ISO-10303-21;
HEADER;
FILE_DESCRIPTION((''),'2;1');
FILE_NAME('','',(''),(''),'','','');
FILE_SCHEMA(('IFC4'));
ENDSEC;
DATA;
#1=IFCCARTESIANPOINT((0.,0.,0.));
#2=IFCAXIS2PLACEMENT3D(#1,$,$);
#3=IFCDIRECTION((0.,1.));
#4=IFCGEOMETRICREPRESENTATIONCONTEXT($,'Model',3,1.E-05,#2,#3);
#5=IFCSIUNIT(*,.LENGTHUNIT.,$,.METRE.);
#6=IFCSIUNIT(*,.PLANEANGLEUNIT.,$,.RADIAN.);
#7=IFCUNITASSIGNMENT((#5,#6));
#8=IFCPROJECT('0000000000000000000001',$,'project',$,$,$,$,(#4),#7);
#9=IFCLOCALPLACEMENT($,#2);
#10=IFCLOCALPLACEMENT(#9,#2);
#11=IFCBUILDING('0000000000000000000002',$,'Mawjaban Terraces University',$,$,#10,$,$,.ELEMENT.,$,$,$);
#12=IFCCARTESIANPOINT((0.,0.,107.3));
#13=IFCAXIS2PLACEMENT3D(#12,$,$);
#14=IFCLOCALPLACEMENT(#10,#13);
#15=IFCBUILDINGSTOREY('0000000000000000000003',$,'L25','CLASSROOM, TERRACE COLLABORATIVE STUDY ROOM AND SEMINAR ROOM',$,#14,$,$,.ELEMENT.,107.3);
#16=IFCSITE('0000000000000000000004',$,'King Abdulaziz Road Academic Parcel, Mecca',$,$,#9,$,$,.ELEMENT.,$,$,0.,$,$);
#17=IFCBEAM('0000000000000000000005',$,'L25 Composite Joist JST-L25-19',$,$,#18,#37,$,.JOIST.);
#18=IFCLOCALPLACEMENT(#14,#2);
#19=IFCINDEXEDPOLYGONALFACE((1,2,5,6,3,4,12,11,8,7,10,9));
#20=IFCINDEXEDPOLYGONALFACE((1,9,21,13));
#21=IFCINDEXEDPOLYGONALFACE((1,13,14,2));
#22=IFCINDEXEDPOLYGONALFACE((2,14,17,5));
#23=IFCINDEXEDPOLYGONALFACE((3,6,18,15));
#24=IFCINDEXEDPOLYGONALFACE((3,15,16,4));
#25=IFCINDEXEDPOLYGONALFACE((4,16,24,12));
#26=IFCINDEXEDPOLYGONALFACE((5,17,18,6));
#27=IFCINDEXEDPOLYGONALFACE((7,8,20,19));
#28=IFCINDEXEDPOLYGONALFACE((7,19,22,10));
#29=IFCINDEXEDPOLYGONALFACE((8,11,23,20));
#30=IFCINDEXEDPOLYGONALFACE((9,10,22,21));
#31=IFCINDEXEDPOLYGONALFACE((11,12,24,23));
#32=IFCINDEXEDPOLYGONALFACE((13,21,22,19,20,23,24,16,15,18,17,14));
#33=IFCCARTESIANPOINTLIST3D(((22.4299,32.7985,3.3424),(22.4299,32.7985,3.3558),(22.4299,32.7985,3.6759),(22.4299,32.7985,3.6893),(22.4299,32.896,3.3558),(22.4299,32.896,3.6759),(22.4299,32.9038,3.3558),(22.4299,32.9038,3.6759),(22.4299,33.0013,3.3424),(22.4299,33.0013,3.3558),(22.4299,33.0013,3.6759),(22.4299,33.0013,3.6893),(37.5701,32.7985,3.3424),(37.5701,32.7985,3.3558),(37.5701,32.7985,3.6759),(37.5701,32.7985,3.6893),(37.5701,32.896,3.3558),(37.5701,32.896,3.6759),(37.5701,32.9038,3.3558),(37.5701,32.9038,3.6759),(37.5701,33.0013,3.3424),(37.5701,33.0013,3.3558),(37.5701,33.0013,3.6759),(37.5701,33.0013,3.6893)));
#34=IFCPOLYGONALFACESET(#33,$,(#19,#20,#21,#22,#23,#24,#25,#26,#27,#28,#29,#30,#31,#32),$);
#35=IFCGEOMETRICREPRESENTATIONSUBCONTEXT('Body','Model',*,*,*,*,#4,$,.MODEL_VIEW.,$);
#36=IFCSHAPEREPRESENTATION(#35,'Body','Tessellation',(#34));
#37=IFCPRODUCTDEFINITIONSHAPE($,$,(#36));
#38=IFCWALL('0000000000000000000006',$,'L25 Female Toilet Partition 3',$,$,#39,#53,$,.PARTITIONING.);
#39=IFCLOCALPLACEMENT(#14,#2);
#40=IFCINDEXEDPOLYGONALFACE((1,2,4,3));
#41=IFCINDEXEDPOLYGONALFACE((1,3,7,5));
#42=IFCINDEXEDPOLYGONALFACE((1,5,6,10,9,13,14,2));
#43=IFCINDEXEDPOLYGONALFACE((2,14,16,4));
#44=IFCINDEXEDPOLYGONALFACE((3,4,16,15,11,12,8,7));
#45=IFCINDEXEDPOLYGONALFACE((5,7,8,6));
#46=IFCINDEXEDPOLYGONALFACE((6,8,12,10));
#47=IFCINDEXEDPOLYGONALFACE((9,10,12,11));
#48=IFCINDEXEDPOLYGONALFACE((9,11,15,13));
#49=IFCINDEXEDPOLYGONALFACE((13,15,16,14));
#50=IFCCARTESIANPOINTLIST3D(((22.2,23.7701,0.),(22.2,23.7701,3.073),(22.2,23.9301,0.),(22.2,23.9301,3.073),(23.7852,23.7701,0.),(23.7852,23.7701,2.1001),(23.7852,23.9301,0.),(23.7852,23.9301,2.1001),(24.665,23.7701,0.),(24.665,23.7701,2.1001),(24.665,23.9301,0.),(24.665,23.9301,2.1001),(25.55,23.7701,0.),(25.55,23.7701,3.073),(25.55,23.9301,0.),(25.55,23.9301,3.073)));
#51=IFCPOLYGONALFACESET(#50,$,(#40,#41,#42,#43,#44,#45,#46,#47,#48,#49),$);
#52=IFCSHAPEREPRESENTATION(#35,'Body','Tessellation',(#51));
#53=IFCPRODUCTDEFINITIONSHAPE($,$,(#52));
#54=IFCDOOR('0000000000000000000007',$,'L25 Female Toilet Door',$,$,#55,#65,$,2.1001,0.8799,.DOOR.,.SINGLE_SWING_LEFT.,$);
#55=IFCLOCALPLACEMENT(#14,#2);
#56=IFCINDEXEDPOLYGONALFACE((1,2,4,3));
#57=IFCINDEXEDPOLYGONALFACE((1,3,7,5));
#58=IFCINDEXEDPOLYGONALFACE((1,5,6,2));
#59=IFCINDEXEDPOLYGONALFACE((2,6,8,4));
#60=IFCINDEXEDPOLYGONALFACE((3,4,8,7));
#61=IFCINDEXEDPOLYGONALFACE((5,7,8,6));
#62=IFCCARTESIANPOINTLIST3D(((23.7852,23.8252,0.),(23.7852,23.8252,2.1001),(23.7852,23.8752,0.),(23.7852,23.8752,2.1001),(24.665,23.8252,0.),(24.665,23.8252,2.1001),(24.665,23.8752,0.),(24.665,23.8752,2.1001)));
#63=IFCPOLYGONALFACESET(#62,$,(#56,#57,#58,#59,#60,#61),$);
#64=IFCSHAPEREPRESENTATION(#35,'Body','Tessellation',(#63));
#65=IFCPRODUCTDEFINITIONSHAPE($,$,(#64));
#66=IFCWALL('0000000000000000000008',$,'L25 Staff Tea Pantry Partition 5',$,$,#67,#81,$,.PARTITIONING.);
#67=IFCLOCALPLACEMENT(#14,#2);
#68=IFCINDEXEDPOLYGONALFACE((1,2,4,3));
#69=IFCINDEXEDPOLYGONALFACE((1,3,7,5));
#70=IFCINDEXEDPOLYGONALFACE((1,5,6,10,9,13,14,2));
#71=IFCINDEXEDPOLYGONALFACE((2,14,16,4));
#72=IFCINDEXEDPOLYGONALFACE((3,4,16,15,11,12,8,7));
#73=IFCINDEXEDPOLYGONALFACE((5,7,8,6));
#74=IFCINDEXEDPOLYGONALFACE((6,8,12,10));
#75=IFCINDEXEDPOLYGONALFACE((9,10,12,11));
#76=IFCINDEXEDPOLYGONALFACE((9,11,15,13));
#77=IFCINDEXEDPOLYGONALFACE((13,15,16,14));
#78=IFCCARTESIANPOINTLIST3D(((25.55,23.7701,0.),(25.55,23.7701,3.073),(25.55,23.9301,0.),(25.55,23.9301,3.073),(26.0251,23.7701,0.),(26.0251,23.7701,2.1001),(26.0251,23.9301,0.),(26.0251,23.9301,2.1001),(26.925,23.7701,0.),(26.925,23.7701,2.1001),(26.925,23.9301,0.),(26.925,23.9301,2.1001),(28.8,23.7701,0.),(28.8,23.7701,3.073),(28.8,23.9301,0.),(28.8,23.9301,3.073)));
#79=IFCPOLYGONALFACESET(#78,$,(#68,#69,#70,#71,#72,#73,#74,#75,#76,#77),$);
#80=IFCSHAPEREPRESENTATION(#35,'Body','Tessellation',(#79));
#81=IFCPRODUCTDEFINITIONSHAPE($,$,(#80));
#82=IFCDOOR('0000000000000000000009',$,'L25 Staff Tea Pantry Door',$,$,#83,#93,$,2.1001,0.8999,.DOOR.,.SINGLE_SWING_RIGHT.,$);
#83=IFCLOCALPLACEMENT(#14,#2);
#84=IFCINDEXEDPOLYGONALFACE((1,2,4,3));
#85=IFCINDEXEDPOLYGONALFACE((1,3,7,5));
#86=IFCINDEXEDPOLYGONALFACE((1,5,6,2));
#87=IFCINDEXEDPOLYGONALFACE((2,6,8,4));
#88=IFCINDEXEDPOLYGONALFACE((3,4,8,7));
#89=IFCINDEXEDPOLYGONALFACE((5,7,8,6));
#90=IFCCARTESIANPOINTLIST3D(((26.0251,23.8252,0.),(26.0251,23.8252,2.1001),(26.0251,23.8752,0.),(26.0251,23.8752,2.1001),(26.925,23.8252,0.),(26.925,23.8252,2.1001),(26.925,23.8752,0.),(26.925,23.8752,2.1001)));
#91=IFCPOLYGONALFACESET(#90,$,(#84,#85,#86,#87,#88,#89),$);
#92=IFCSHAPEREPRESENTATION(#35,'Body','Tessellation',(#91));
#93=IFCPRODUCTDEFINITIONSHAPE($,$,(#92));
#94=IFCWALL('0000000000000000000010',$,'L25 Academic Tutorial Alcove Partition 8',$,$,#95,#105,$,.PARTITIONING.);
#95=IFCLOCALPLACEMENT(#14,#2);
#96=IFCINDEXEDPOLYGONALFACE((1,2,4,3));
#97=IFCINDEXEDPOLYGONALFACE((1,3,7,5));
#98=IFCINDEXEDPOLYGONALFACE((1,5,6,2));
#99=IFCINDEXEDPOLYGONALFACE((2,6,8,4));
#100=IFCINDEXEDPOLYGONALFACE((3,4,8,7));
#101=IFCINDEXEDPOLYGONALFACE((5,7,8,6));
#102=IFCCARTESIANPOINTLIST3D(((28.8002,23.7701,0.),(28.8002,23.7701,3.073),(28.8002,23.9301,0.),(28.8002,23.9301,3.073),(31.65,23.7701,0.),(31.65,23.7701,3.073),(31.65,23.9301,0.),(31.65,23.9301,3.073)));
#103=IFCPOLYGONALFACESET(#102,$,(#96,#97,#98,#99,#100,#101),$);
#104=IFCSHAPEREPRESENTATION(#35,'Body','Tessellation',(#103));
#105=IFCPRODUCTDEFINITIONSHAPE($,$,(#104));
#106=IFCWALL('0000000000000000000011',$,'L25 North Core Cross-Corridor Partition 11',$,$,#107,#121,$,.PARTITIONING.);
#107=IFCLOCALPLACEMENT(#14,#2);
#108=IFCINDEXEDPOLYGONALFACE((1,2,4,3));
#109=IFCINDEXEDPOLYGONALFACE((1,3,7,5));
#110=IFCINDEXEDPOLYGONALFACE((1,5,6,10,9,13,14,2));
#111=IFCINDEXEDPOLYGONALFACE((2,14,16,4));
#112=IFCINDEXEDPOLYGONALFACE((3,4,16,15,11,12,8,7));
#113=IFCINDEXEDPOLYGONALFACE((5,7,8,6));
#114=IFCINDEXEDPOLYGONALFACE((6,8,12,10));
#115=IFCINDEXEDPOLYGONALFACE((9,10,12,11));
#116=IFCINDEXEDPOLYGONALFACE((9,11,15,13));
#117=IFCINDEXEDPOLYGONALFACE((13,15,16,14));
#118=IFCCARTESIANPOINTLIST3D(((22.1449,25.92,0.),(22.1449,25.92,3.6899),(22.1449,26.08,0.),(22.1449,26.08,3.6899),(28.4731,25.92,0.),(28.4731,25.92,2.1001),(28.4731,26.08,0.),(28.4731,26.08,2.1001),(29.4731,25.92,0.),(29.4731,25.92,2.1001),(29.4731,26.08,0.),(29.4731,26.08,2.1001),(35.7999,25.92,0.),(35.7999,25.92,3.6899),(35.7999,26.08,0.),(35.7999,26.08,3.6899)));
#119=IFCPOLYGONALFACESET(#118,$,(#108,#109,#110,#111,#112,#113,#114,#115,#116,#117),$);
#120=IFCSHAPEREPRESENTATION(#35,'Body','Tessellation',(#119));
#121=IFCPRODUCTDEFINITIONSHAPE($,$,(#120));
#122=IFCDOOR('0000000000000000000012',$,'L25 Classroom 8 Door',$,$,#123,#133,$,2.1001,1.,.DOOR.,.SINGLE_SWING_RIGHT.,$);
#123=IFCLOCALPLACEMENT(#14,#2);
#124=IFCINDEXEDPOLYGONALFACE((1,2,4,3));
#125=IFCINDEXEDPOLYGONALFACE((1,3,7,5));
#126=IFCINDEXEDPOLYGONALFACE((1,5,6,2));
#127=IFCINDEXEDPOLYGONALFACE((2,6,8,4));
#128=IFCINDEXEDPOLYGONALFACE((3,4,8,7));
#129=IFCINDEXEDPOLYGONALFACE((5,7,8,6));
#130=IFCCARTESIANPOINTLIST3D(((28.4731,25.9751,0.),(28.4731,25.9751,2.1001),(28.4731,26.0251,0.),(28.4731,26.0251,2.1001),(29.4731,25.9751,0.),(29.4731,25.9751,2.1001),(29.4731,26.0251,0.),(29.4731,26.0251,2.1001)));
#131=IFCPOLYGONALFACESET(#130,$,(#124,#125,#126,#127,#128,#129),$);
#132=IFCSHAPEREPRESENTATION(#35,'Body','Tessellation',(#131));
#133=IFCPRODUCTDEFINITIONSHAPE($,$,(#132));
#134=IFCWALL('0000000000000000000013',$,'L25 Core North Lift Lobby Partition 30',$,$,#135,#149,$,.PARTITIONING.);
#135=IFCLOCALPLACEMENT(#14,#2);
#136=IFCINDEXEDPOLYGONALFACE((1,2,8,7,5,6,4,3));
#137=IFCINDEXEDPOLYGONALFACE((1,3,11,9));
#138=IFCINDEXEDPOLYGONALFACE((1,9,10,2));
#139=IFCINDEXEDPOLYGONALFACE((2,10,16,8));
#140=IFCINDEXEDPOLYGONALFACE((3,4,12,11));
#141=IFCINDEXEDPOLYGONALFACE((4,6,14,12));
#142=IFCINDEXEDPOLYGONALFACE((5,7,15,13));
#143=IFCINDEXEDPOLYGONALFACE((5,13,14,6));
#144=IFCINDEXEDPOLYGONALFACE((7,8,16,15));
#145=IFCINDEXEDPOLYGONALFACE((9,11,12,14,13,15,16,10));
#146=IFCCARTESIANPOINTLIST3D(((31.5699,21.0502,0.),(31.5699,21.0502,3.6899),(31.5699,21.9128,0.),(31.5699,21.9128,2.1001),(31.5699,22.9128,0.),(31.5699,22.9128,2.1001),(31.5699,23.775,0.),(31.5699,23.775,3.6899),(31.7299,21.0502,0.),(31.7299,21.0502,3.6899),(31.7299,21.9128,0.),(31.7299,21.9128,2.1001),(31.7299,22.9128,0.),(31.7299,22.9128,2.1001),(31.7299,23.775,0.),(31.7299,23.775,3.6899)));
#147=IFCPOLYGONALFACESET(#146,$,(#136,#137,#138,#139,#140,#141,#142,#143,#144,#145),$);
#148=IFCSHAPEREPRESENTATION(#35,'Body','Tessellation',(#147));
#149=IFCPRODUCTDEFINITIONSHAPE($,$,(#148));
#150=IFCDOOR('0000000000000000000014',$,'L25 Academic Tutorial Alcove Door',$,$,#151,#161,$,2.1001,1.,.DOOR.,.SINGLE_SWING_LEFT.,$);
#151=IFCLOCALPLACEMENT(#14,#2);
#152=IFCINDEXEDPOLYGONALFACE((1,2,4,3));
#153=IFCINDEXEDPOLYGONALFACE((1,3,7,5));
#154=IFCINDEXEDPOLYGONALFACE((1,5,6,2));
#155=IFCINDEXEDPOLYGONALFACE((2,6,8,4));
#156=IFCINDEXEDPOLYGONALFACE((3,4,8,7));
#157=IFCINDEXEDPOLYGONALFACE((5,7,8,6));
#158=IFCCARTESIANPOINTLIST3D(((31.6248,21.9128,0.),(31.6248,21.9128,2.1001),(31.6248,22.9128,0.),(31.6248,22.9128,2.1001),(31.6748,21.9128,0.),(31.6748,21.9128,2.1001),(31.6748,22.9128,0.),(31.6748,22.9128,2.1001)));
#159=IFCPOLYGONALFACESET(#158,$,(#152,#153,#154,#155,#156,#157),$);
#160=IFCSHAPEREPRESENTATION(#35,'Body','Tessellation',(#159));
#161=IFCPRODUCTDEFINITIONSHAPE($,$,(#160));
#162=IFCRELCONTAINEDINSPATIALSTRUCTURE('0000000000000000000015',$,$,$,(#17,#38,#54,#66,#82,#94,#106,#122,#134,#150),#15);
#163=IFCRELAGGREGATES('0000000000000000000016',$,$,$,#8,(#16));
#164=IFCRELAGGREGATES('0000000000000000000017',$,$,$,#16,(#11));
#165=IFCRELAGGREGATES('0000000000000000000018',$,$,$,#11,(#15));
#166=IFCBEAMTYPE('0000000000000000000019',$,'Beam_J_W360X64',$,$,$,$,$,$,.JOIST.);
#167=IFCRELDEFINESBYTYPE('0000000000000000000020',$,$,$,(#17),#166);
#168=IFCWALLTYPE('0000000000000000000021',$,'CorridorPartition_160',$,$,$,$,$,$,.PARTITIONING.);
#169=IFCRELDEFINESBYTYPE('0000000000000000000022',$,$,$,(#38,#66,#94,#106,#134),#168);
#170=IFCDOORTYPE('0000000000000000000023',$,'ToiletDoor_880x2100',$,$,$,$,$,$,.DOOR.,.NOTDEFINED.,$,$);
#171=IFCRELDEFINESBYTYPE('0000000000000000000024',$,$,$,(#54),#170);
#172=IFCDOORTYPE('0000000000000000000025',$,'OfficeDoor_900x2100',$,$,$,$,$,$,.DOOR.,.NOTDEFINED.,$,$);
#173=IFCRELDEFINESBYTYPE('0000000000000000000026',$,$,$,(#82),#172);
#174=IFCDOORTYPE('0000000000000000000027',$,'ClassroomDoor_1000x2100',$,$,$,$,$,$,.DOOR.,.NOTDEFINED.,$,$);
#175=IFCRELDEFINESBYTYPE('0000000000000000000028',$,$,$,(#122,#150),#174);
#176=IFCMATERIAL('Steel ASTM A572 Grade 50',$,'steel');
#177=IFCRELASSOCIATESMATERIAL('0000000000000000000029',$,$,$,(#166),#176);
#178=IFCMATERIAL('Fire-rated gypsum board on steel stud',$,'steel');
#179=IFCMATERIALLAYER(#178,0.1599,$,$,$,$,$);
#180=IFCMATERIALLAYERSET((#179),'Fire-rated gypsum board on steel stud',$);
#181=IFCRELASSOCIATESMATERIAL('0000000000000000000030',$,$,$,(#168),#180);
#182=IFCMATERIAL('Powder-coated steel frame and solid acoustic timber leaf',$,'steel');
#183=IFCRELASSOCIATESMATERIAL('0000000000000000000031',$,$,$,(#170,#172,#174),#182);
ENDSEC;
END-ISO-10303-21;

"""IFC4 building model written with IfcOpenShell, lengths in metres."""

from ifc_helpers import new_model, si_unit, direction, frame, frame_2d, origin, origin_2d, place, context, subcontext, project, spatial, rectangle, i_section, extrude, material, layer, layer_set, material_profile, profile_set, type_object, element, fill, save


model = new_model("IFC4")

# Units and contexts
model_context = context("Model", 3, precision=1e-05, world=origin(), true_north=direction((0.0, 1.0)))
body_context = subcontext(model_context, "Body", "Model", "MODEL_VIEW")
ifc_project = project(units=[si_unit("LENGTHUNIT", "METRE"), si_unit("PLANEANGLEUNIT", "RADIAN")], contexts=[model_context])

# Site, building, storey
site_placement = place(None, origin())
site = spatial("IfcSite", under=ifc_project, at=site_placement, Name="King Abdulaziz Road Academic Parcel, Mecca", CompositionType="ELEMENT", RefElevation=0.0)
building_placement = place(site_placement, origin())
building = spatial("IfcBuilding", under=site, at=building_placement, Name="Mawjaban Terraces University", CompositionType="ELEMENT")
storey_placement = place(building_placement, frame((0.0, 0.0, 107.3)))
storey = spatial("IfcBuildingStorey", under=building, at=storey_placement, Name="L25", Description="CLASSROOM, TERRACE COLLABORATIVE STUDY ROOM AND SEMINAR ROOM", CompositionType="ELEMENT", Elevation=107.3)

# Beam
ifc_material_1 = material(Name="Steel ASTM A572 Grade 50", Category="steel")
ifc_material_profile_1 = material_profile(ifc_material_1, i_section(OverallWidth=0.2029, OverallDepth=0.3469, WebThickness=0.0078, FlangeThickness=0.0134, at=origin_2d()), Name="W360X64")
ifc_profile_set_1 = profile_set([ifc_material_profile_1], Name="Steel ASTM A572 Grade 50")
beam_type_1 = type_object("IfcBeamType", Name="Beam_J_W360X64", PredefinedType="JOIST", material=ifc_profile_set_1)
for number, where, z_axis, x_axis, name in (
    (1, (22.4299, 32.8999, 3.5159), (1.0, 0.0, 0.0), (0.0, 1.0, 0.0), "L25 Composite Joist JST-L25-19"),
):
    element("IfcBeam", number, at=place(storey_placement, frame(where, z_axis=z_axis, x_axis=x_axis)), inside=storey, type_object=beam_type_1, Name=name, PredefinedType="JOIST", context=body_context, shape_type="SweptSolid", body=[
        extrude(i_section(OverallWidth=0.2029, OverallDepth=0.3469, WebThickness=0.0078, FlangeThickness=0.0134, at=origin_2d()), origin(), (0.0, 0.0, 1.0), 15.1401),
    ])

# Walls, openings, doors
ifc_material_2 = material(Name="Fire-rated gypsum board on steel stud", Category="steel")
ifc_layer_1 = layer(ifc_material_2, 0.1599)
ifc_layer_set_1 = layer_set([ifc_layer_1], Name="Fire-rated gypsum board on steel stud")
wall_type_1 = type_object("IfcWallType", Name="CorridorPartition_160", PredefinedType="PARTITIONING", material=ifc_layer_set_1)
wall_1_placement = place(storey_placement, frame((25.55, 23.8501, 0.0), z_axis=(0.0, 0.0, 1.0), x_axis=(-1.0, 0.0, 0.0)))
wall_1 = element("IfcWall", 2, at=wall_1_placement, inside=storey, type_object=wall_type_1, Name="L25 Female Toilet Partition 3", PredefinedType="PARTITIONING", context=body_context, shape_type="SweptSolid", body=[
    extrude(rectangle(XDim=3.3501, YDim=0.1599, at=frame_2d((1.675, 0.0))), origin(), (0.0, 0.0, 1.0), 3.073),
])
opening_1_placement = place(wall_1_placement, frame((0.885, 0.0, 0.0)))
opening_1 = element("IfcOpeningElement", 3, at=opening_1_placement, cuts=wall_1, PredefinedType="OPENING", context=body_context, shape_type="SweptSolid", body=[
    extrude(rectangle(XDim=0.8799, YDim=2.1001, at=frame_2d((0.4399, 1.05))), frame((0.0, 0.0898, 0.0), z_axis=(0.0, -1.0, 0.0), x_axis=(1.0, 0.0, 0.0)), (0.0, 0.0, 1.0), 0.1799),
])
ifc_material_3 = material(Name="Powder-coated steel frame and solid acoustic timber leaf", Category="steel")
door_type_1 = type_object("IfcDoorType", Name="ToiletDoor_880x2100", OperationType="NOTDEFINED", PredefinedType="DOOR", material=ifc_material_3)
door_1_placement = place(opening_1_placement, origin())
door_1 = element("IfcDoor", 4, at=door_1_placement, inside=storey, type_object=door_type_1, Name="L25 Female Toilet Door", OperationType="SINGLE_SWING_LEFT", OverallHeight=2.1001, OverallWidth=0.8799, PredefinedType="DOOR", context=body_context, shape_type="SweptSolid", body=[
    extrude(rectangle(XDim=0.8799, YDim=2.1001, at=frame_2d((0.4399, 1.05))), frame((0.0, 0.0249, 0.0), z_axis=(0.0, -1.0, 0.0), x_axis=(1.0, 0.0, 0.0)), (0.0, 0.0, 1.0), 0.05),
])
fill(opening_1, door_1)
wall_2_placement = place(storey_placement, frame((28.8, 23.8501, 0.0), z_axis=(0.0, 0.0, 1.0), x_axis=(-1.0, 0.0, 0.0)))
wall_2 = element("IfcWall", 5, at=wall_2_placement, inside=storey, type_object=wall_type_1, Name="L25 Staff Tea Pantry Partition 5", PredefinedType="PARTITIONING", context=body_context, shape_type="SweptSolid", body=[
    extrude(rectangle(XDim=3.25, YDim=0.1599, at=frame_2d((1.625, 0.0))), origin(), (0.0, 0.0, 1.0), 3.073),
])
opening_2_placement = place(wall_2_placement, frame((1.875, 0.0, 0.0)))
opening_2 = element("IfcOpeningElement", 6, at=opening_2_placement, cuts=wall_2, PredefinedType="OPENING", context=body_context, shape_type="SweptSolid", body=[
    extrude(rectangle(XDim=0.8999, YDim=2.1001, at=frame_2d((0.45, 1.05))), frame((0.0, 0.0898, 0.0), z_axis=(0.0, -1.0, 0.0), x_axis=(1.0, 0.0, 0.0)), (0.0, 0.0, 1.0), 0.1799),
])
door_type_2 = type_object("IfcDoorType", Name="OfficeDoor_900x2100", OperationType="NOTDEFINED", PredefinedType="DOOR", material=ifc_material_3)
door_2_placement = place(opening_2_placement, origin())
door_2 = element("IfcDoor", 7, at=door_2_placement, inside=storey, type_object=door_type_2, Name="L25 Staff Tea Pantry Door", OperationType="SINGLE_SWING_RIGHT", OverallHeight=2.1001, OverallWidth=0.8999, PredefinedType="DOOR", context=body_context, shape_type="SweptSolid", body=[
    extrude(rectangle(XDim=0.8999, YDim=2.1001, at=frame_2d((0.45, 1.05))), frame((0.0, 0.0249, 0.0), z_axis=(0.0, -1.0, 0.0), x_axis=(1.0, 0.0, 0.0)), (0.0, 0.0, 1.0), 0.05),
])
fill(opening_2, door_2)

# Wall
wall_3_placement = place(storey_placement, frame((31.6499, 23.8501, 0.0), z_axis=(0.0, 0.0, 1.0), x_axis=(-1.0, 0.0, 0.0)))
element("IfcWall", 8, at=wall_3_placement, inside=storey, type_object=wall_type_1, Name="L25 Academic Tutorial Alcove Partition 8", PredefinedType="PARTITIONING", context=body_context, shape_type="SweptSolid", body=[
    extrude(rectangle(XDim=2.8499, YDim=0.1599, at=frame_2d((1.4248, 0.0))), origin(), (0.0, 0.0, 1.0), 3.073),
])

# Walls, openings, doors
wall_4_placement = place(storey_placement, frame((35.8, 26.0, 0.0), z_axis=(0.0, 0.0, 1.0), x_axis=(-1.0, 0.0, 0.0)))
wall_4 = element("IfcWall", 9, at=wall_4_placement, inside=storey, type_object=wall_type_1, Name="L25 North Core Cross-Corridor Partition 11", PredefinedType="PARTITIONING", context=body_context, shape_type="SweptSolid", body=[
    extrude(rectangle(XDim=13.655, YDim=0.1599, at=frame_2d((6.8276, 0.0))), origin(), (0.0, 0.0, 1.0), 3.6899),
])
opening_3_placement = place(wall_4_placement, frame((6.3269, 0.0, 0.0)))
opening_3 = element("IfcOpeningElement", 10, at=opening_3_placement, cuts=wall_4, PredefinedType="OPENING", context=body_context, shape_type="SweptSolid", body=[
    extrude(rectangle(XDim=1.0, YDim=2.1001, at=frame_2d((0.5, 1.05))), frame((0.0, 0.0898, 0.0), z_axis=(0.0, -1.0, 0.0), x_axis=(1.0, 0.0, 0.0)), (0.0, 0.0, 1.0), 0.1799),
])
door_type_3 = type_object("IfcDoorType", Name="ClassroomDoor_1000x2100", OperationType="NOTDEFINED", PredefinedType="DOOR", material=ifc_material_3)
door_3_placement = place(opening_3_placement, origin())
door_3 = element("IfcDoor", 11, at=door_3_placement, inside=storey, type_object=door_type_3, Name="L25 Classroom 8 Door", OperationType="SINGLE_SWING_RIGHT", OverallHeight=2.1001, OverallWidth=1.0, PredefinedType="DOOR", context=body_context, shape_type="SweptSolid", body=[
    extrude(rectangle(XDim=1.0, YDim=2.1001, at=frame_2d((0.5, 1.05))), frame((0.0, 0.0249, 0.0), z_axis=(0.0, -1.0, 0.0), x_axis=(1.0, 0.0, 0.0)), (0.0, 0.0, 1.0), 0.05),
])
fill(opening_3, door_3)
wall_5_placement = place(storey_placement, frame((31.6499, 23.7749, 0.0), z_axis=(0.0, 0.0, 1.0), x_axis=(0.0, -1.0, 0.0)))
wall_5 = element("IfcWall", 12, at=wall_5_placement, inside=storey, type_object=wall_type_1, Name="L25 Core North Lift Lobby Partition 30", PredefinedType="PARTITIONING", context=body_context, shape_type="SweptSolid", body=[
    extrude(rectangle(XDim=2.7249, YDim=0.1599, at=frame_2d((1.3623, 0.0))), origin(), (0.0, 0.0, 1.0), 3.6899),
])
opening_4_placement = place(wall_5_placement, frame((0.8621, 0.0, 0.0)))
opening_4 = element("IfcOpeningElement", 13, at=opening_4_placement, cuts=wall_5, PredefinedType="OPENING", context=body_context, shape_type="SweptSolid", body=[
    extrude(rectangle(XDim=1.0, YDim=2.1001, at=frame_2d((0.5, 1.05))), frame((0.0, 0.0898, 0.0), z_axis=(0.0, -1.0, 0.0), x_axis=(1.0, 0.0, 0.0)), (0.0, 0.0, 1.0), 0.1799),
])
door_4_placement = place(opening_4_placement, origin())
door_4 = element("IfcDoor", 14, at=door_4_placement, inside=storey, type_object=door_type_3, Name="L25 Academic Tutorial Alcove Door", OperationType="SINGLE_SWING_LEFT", OverallHeight=2.1001, OverallWidth=1.0, PredefinedType="DOOR", context=body_context, shape_type="SweptSolid", body=[
    extrude(rectangle(XDim=1.0, YDim=2.1001, at=frame_2d((0.5, 1.05))), frame((0.0, 0.0249, 0.0), z_axis=(0.0, -1.0, 0.0), x_axis=(1.0, 0.0, 0.0)), (0.0, 0.0, 1.0), 0.05),
])
fill(opening_4, door_4)

save(model, "model.ifc")
